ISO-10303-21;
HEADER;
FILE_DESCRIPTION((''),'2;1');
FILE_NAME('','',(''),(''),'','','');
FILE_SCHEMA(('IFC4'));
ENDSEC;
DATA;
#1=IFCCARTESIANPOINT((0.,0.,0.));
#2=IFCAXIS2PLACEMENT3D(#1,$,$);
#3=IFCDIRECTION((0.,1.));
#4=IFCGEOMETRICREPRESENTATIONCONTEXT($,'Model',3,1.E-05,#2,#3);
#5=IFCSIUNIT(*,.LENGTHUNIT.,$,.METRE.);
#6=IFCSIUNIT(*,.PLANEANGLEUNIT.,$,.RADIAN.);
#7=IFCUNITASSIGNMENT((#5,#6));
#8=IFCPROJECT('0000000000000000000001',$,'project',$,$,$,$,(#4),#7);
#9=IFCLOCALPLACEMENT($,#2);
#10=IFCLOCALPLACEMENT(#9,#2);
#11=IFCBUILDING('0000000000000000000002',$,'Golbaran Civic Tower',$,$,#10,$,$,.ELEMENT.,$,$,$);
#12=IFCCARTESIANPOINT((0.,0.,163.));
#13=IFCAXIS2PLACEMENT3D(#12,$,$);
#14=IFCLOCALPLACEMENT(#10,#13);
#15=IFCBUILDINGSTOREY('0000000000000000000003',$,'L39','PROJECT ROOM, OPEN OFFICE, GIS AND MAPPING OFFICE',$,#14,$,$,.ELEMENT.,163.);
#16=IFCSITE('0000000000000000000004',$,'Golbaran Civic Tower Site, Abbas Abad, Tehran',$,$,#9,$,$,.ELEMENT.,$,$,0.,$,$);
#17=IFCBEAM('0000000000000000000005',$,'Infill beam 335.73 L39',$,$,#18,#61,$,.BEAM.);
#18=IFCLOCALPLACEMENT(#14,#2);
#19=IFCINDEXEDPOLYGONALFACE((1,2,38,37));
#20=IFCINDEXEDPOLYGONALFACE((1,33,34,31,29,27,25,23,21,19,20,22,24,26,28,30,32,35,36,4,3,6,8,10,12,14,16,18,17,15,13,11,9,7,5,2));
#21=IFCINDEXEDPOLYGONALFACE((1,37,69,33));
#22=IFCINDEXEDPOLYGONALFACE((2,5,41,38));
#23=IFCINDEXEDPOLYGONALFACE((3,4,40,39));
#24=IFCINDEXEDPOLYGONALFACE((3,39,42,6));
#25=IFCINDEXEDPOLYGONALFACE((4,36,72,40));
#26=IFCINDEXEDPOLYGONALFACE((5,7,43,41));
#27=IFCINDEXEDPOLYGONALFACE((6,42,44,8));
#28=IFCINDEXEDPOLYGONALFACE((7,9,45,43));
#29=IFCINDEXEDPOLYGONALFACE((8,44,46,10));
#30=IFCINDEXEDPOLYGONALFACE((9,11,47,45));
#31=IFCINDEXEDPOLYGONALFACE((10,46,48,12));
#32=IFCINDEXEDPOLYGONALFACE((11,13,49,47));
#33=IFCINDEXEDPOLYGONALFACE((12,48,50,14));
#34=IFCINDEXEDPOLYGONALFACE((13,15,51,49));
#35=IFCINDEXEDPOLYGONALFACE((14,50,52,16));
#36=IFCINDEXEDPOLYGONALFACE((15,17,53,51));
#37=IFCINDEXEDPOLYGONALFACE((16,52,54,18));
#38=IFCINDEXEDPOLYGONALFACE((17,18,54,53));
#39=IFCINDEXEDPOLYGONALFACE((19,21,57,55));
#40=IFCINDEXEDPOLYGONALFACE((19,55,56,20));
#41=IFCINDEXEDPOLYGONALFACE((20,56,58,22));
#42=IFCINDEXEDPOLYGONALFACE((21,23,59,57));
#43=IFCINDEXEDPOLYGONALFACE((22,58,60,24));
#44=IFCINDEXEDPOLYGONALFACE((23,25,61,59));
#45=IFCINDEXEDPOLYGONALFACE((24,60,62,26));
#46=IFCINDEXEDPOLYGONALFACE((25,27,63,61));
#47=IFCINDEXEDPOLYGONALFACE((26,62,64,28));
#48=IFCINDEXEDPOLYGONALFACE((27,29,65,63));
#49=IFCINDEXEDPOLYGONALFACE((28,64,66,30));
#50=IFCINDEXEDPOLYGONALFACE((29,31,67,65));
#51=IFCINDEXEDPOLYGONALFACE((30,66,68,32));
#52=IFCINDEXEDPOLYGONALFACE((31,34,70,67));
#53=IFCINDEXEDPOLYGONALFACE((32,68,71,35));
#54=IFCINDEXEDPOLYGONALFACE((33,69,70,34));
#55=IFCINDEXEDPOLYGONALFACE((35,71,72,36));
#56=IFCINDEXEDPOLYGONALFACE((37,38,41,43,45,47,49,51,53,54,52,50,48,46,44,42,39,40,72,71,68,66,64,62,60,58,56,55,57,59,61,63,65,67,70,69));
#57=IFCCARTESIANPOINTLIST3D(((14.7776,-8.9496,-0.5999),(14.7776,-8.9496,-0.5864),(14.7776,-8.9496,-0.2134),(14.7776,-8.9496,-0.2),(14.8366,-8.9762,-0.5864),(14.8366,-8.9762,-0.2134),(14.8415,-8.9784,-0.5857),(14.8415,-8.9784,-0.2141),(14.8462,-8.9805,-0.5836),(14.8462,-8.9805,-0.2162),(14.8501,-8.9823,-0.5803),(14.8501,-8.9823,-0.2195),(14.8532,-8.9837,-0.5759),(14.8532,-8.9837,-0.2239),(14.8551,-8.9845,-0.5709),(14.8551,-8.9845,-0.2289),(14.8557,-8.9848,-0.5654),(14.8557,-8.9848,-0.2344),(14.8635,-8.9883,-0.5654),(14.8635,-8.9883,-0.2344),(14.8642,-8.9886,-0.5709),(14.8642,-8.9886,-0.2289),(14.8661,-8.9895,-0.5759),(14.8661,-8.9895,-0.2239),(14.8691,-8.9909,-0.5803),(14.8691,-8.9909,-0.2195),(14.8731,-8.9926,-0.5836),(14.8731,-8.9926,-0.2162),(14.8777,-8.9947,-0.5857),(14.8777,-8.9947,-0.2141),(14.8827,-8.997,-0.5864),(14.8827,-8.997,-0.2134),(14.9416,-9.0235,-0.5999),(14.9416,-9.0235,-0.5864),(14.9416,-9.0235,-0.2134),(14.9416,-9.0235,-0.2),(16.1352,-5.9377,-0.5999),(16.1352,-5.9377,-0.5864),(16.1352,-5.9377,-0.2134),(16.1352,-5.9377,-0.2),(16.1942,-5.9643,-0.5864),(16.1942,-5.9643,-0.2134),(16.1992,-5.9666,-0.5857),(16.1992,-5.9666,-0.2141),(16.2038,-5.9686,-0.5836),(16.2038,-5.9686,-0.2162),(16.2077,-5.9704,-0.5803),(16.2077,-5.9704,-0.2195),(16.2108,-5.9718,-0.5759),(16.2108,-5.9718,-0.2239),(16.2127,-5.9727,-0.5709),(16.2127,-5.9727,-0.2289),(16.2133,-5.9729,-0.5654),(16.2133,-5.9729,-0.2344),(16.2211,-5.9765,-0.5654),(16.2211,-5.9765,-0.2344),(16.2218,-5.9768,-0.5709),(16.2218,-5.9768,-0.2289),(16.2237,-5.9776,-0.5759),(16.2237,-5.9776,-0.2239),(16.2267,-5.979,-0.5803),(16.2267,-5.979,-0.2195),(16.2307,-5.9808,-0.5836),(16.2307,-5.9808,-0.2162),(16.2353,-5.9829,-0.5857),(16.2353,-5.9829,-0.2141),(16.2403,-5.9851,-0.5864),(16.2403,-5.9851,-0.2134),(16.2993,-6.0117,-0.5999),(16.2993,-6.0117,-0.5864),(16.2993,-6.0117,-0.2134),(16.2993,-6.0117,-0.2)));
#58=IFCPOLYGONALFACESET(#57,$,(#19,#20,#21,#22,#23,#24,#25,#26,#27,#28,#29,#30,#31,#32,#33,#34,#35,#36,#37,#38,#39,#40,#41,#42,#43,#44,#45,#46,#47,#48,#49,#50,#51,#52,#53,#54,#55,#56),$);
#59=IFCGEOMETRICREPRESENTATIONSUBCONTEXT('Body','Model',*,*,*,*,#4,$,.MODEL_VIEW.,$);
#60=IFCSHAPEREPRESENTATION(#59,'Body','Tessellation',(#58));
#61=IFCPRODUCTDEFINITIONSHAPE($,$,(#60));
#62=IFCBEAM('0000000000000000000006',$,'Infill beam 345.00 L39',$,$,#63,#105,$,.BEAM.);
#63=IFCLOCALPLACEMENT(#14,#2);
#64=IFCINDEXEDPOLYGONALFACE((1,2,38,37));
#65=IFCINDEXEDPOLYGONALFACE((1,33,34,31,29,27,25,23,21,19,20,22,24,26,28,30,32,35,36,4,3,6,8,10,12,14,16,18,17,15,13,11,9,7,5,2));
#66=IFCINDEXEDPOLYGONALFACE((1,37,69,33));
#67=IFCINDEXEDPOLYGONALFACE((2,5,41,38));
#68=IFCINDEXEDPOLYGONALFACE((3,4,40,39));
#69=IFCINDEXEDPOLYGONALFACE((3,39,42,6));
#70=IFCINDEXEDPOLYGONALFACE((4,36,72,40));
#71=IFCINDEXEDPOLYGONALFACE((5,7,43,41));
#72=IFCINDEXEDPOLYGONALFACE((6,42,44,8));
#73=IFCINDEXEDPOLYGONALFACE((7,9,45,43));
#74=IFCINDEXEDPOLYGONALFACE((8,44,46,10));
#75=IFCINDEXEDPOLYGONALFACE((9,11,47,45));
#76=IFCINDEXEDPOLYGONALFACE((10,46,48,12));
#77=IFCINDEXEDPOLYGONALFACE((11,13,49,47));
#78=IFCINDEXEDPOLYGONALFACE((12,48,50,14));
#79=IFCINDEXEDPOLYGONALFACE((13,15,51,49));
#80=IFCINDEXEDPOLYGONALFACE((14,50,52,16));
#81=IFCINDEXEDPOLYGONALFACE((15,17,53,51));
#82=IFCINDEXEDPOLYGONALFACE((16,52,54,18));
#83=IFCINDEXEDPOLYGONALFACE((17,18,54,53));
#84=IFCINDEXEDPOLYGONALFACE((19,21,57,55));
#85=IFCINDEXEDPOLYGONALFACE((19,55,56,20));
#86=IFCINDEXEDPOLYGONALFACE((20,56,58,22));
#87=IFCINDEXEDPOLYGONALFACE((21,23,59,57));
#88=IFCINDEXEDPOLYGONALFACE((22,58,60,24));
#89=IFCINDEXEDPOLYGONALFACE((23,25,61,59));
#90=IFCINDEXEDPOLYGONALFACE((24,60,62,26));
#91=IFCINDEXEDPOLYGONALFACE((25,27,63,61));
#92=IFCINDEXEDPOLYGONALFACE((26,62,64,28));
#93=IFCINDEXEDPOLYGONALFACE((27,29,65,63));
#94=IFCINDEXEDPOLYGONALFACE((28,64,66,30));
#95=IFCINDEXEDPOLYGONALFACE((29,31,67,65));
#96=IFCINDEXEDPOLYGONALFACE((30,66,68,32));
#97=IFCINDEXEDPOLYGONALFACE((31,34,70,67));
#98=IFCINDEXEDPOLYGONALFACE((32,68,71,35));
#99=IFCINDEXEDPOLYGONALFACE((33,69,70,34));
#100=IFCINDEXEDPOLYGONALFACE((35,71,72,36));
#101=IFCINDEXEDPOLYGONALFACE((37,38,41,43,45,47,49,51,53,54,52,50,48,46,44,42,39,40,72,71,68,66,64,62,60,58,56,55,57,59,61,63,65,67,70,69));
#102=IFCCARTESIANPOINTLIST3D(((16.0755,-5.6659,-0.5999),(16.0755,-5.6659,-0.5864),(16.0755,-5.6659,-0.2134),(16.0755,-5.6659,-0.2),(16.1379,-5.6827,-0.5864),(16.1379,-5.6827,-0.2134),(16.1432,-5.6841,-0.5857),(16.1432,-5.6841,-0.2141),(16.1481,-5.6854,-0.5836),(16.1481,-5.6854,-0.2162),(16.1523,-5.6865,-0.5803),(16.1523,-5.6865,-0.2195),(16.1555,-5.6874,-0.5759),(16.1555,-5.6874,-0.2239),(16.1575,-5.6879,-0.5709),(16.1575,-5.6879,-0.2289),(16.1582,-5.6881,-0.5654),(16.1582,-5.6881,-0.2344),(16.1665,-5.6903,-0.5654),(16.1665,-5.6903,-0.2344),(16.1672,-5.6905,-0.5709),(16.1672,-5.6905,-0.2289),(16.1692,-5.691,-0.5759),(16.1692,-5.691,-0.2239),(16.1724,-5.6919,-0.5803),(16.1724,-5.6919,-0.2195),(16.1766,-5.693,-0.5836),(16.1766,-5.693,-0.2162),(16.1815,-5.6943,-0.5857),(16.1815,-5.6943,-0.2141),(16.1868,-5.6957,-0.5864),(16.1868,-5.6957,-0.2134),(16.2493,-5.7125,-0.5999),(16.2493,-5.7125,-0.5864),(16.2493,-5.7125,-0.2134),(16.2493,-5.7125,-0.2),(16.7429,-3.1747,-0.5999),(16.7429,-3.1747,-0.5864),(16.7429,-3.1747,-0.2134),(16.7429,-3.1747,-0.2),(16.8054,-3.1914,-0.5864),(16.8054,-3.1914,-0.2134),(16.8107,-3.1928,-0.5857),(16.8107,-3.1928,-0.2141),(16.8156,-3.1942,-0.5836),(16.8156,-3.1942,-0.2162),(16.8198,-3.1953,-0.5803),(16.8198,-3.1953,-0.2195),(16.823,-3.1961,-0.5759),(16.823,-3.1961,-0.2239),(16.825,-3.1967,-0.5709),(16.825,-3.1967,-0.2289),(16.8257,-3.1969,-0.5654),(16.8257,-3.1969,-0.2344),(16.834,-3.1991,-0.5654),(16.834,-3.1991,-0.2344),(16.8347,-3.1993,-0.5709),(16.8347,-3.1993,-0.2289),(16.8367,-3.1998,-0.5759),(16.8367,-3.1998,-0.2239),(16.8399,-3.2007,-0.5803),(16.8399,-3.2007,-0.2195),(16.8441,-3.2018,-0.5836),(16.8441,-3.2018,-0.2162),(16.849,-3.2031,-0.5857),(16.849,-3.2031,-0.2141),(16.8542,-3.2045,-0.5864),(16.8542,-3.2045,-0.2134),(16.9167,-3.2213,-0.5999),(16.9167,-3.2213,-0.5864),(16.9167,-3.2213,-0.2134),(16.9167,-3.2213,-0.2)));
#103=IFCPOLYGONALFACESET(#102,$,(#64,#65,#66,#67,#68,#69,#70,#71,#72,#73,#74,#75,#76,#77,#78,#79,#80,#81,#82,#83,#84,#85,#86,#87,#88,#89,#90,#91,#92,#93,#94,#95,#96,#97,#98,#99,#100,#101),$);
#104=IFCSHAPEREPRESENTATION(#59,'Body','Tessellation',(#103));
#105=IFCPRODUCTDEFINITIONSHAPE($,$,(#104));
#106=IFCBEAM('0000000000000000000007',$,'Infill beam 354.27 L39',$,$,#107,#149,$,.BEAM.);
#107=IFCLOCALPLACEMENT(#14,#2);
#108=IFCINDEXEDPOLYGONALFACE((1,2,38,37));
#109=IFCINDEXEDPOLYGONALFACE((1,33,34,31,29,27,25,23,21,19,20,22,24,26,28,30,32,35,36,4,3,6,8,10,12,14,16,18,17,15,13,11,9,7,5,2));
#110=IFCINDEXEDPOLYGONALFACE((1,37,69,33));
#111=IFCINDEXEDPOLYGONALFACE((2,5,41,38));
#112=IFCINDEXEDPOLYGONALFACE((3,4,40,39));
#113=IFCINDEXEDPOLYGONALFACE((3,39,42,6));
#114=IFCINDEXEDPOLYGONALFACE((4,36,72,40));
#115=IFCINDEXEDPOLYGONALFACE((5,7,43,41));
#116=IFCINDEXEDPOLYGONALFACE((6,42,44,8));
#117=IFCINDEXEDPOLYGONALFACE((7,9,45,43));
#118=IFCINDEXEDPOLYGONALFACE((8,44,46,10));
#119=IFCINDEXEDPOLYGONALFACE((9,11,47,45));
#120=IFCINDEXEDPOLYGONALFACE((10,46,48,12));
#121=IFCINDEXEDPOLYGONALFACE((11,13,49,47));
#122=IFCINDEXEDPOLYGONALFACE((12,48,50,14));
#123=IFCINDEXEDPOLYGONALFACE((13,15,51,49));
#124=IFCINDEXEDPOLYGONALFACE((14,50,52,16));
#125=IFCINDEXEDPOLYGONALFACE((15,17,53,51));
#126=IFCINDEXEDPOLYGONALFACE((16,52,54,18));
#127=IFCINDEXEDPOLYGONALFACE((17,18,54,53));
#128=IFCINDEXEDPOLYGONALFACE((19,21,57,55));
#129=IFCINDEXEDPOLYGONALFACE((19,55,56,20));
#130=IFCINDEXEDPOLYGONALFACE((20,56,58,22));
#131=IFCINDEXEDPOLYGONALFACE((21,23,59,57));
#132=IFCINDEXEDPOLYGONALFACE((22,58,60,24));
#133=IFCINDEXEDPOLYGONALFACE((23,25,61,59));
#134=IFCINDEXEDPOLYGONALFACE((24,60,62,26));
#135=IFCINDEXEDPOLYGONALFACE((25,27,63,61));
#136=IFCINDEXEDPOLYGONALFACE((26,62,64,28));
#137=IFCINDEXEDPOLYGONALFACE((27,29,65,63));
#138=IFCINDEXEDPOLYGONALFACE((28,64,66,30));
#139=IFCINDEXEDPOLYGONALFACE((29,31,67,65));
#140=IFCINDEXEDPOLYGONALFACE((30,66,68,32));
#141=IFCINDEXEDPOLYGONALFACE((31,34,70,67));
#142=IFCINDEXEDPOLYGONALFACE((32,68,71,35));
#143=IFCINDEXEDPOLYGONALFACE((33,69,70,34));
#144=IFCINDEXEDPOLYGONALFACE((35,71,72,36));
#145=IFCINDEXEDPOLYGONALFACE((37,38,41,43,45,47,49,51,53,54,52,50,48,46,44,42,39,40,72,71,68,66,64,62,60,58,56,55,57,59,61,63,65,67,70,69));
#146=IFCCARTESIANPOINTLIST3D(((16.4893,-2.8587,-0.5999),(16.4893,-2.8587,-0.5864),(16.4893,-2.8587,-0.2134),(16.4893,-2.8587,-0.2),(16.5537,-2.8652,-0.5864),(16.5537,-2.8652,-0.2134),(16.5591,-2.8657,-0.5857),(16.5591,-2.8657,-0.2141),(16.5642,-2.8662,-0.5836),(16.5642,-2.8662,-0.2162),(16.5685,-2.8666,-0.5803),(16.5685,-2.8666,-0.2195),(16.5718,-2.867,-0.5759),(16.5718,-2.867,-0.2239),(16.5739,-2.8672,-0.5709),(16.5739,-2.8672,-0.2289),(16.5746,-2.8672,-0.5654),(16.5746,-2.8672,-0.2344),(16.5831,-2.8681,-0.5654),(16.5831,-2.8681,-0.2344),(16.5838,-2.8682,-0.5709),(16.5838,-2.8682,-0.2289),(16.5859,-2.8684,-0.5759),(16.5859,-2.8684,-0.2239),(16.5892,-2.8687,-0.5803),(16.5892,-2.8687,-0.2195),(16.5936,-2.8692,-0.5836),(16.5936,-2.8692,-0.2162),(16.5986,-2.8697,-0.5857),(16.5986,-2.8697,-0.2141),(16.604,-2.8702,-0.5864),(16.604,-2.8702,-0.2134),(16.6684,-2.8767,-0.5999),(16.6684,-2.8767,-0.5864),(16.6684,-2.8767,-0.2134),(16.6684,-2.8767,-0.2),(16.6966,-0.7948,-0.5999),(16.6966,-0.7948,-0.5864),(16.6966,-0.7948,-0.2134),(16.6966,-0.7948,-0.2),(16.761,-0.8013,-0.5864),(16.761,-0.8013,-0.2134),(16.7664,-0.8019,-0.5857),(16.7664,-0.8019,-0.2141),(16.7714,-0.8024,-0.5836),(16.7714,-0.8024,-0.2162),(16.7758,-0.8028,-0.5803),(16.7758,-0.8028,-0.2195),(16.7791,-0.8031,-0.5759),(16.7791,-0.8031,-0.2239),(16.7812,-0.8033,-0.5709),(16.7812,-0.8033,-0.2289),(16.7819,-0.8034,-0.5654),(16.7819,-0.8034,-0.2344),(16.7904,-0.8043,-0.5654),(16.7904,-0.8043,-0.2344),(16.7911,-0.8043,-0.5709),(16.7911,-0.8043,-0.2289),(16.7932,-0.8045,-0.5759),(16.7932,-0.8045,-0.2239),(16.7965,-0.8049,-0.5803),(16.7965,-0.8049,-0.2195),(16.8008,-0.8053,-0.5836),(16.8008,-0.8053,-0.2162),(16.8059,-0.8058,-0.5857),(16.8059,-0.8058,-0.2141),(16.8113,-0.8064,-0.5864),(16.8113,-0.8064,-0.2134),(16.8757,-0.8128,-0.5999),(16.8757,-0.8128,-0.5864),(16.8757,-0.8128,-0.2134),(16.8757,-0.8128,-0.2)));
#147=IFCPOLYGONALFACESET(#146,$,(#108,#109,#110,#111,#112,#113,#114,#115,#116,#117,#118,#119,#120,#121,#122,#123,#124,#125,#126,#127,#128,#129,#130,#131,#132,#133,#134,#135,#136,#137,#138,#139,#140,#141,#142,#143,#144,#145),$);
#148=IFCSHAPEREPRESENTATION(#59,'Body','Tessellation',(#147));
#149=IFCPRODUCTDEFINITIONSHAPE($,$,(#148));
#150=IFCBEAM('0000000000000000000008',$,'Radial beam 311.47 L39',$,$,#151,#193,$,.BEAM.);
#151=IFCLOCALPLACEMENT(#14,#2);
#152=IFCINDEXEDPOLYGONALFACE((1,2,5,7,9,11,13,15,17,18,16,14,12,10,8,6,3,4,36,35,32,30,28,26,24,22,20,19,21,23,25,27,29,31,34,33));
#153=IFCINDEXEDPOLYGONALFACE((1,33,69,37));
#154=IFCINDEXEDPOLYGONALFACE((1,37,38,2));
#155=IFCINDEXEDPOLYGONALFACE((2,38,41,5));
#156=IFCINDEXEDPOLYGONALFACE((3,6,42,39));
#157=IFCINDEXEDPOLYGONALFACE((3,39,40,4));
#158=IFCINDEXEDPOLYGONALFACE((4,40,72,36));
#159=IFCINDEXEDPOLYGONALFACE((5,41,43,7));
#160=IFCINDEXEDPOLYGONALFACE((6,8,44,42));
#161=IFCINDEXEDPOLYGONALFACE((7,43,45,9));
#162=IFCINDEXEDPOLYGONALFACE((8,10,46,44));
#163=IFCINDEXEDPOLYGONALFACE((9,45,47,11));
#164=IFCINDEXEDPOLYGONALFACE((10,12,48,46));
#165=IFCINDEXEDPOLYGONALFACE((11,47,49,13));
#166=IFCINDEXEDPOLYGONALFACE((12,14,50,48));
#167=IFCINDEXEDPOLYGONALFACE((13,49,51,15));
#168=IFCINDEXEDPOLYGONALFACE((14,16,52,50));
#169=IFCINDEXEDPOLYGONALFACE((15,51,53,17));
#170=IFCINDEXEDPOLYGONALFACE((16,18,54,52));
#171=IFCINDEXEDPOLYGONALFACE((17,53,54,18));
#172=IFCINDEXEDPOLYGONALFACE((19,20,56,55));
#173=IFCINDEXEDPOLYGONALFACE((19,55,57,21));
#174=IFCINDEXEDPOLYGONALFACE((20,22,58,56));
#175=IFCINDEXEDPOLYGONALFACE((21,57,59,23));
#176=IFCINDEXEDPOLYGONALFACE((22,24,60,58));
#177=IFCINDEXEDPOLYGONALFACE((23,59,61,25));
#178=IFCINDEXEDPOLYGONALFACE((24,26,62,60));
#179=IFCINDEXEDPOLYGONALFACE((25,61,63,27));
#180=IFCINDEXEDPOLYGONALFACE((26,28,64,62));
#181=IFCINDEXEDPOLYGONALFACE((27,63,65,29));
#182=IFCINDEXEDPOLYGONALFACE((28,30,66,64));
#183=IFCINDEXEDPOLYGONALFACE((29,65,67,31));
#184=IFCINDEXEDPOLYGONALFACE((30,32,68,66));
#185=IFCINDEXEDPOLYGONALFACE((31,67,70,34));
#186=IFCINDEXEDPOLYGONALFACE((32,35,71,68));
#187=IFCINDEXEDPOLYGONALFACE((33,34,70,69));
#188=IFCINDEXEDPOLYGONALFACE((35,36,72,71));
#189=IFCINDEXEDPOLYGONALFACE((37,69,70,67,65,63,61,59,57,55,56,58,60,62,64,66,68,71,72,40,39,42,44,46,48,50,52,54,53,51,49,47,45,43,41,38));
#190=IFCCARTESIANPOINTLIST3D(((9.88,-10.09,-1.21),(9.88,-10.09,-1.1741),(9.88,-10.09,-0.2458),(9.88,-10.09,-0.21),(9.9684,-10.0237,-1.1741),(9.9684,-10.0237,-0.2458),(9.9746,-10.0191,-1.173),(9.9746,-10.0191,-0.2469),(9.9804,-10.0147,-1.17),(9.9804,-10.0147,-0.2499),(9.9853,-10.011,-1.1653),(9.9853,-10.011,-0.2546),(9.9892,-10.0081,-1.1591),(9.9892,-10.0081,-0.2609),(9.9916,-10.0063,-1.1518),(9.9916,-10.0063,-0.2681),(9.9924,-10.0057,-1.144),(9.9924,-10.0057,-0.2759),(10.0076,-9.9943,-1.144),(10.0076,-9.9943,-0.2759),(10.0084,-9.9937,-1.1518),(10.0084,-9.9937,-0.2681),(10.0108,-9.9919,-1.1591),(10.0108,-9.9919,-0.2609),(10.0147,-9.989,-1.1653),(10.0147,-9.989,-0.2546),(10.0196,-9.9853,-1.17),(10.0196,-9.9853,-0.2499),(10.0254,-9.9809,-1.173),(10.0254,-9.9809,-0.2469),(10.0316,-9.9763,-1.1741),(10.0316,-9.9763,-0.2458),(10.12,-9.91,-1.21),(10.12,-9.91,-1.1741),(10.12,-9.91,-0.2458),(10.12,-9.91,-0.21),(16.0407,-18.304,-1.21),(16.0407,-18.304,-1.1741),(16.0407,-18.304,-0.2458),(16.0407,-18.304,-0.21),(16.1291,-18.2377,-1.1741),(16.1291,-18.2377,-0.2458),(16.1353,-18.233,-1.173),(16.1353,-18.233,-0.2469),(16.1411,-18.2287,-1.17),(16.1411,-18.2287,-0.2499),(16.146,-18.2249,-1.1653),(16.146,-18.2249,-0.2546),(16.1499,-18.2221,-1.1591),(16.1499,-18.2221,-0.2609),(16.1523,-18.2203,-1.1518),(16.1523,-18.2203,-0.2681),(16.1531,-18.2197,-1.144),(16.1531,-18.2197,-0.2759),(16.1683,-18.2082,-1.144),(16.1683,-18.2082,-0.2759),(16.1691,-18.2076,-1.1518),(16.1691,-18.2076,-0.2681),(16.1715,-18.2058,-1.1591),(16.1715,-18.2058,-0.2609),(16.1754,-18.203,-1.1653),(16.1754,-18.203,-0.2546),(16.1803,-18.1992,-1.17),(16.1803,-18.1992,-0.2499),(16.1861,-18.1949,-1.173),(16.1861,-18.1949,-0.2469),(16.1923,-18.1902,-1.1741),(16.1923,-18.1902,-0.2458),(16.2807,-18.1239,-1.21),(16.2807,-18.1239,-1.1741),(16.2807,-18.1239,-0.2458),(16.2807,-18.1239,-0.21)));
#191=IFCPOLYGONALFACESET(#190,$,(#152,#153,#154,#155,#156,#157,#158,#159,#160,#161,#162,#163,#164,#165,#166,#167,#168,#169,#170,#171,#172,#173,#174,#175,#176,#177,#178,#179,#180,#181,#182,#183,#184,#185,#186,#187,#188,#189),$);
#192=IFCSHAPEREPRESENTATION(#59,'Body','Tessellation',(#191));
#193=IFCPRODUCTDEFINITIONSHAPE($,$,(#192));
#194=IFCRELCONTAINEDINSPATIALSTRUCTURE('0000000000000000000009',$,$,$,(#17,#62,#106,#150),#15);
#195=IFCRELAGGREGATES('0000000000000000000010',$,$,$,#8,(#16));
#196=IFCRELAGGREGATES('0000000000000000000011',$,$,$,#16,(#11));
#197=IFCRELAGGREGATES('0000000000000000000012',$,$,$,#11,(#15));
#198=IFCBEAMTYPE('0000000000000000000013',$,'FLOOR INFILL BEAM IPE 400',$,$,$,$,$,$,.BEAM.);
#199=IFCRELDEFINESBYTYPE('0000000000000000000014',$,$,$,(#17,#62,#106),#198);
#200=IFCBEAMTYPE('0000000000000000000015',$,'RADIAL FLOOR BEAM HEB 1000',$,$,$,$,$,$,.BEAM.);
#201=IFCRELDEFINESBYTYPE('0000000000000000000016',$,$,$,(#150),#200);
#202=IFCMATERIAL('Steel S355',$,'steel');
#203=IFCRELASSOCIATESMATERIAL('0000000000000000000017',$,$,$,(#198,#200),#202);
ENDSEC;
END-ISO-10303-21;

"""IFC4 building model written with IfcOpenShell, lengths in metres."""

from ifc_helpers import new_model, si_unit, direction, frame, origin, origin_2d, place, context, subcontext, project, spatial, i_section, extrude, material, material_profile, profile_set, type_object, element, save


model = new_model("IFC4")

# Units and contexts
model_context = context("Model", 3, precision=1e-05, world=origin(), true_north=direction((0.0, 1.0)))
body_context = subcontext(model_context, "Body", "Model", "MODEL_VIEW")
ifc_project = project(units=[si_unit("LENGTHUNIT", "METRE"), si_unit("PLANEANGLEUNIT", "RADIAN")], contexts=[model_context])

# Site, building, storey
site_placement = place(None, origin())
site = spatial("IfcSite", under=ifc_project, at=site_placement, Name="Golbaran Civic Tower Site, Abbas Abad, Tehran", CompositionType="ELEMENT", RefElevation=0.0)
building_placement = place(site_placement, origin())
building = spatial("IfcBuilding", under=site, at=building_placement, Name="Golbaran Civic Tower", CompositionType="ELEMENT")
storey_placement = place(building_placement, frame((0.0, 0.0, 163.0)))
storey = spatial("IfcBuildingStorey", under=building, at=storey_placement, Name="L39", Description="PROJECT ROOM, OPEN OFFICE, GIS AND MAPPING OFFICE", CompositionType="ELEMENT", Elevation=163.0)

# Beams
ifc_material_1 = material(Name="Steel S355", Category="steel")
ifc_material_profile_1 = material_profile(ifc_material_1, i_section(OverallWidth=0.1799, OverallDepth=0.3999, WebThickness=0.0085, FlangeThickness=0.0134, FilletRadius=0.021, at=origin_2d()), Name="IPE 400")
ifc_profile_set_1 = profile_set([ifc_material_profile_1], Name="Steel S355")
beam_type_1 = type_object("IfcBeamType", Name="FLOOR INFILL BEAM IPE 400", PredefinedType="BEAM", material=ifc_profile_set_1)
beam_1_placement = place(storey_placement, frame((14.8596, -8.9866, -0.3999), z_axis=(0.410939, 0.911663, 0.0), x_axis=(-0.911663, 0.410939, 0.0)))
element("IfcBeam", 1, at=beam_1_placement, inside=storey, type_object=beam_type_1, Name="Infill beam 335.73 L39", PredefinedType="BEAM", context=body_context, shape_type="SweptSolid", body=[
    extrude(i_section(OverallWidth=0.1799, OverallDepth=0.3999, WebThickness=0.0085, FlangeThickness=0.0134, FilletRadius=0.021, at=origin_2d()), origin(), (0.0, 0.0, 1.0), 3.3037),
])
beam_2_placement = place(storey_placement, frame((16.1624, -5.6892, -0.3999), z_axis=(0.258805, 0.965929, 0.0), x_axis=(-0.965929, 0.258805, 0.0)))
element("IfcBeam", 2, at=beam_2_placement, inside=storey, type_object=beam_type_1, Name="Infill beam 345.00 L39", PredefinedType="BEAM", context=body_context, shape_type="SweptSolid", body=[
    extrude(i_section(OverallWidth=0.1799, OverallDepth=0.3999, WebThickness=0.0085, FlangeThickness=0.0134, FilletRadius=0.021, at=origin_2d()), origin(), (0.0, 0.0, 1.0), 2.5791),
])
beam_3_placement = place(storey_placement, frame((16.5789, -2.8677, -0.3999), z_axis=(0.099935, 0.994994, 0.0), x_axis=(-0.994994, 0.099935, 0.0)))
element("IfcBeam", 3, at=beam_3_placement, inside=storey, type_object=beam_type_1, Name="Infill beam 354.27 L39", PredefinedType="BEAM", context=body_context, shape_type="SweptSolid", body=[
    extrude(i_section(OverallWidth=0.1799, OverallDepth=0.3999, WebThickness=0.0085, FlangeThickness=0.0134, FilletRadius=0.021, at=origin_2d()), origin(), (0.0, 0.0, 1.0), 2.0742),
])
ifc_material_profile_2 = material_profile(ifc_material_1, i_section(OverallWidth=0.3, OverallDepth=1.0, WebThickness=0.019, FlangeThickness=0.0359, FilletRadius=0.03, at=origin_2d()), Name="HEB 1000")
ifc_profile_set_2 = profile_set([ifc_material_profile_2], Name="Steel S355")
beam_type_2 = type_object("IfcBeamType", Name="RADIAL FLOOR BEAM HEB 1000", PredefinedType="BEAM", material=ifc_profile_set_2)
beam_4_placement = place(storey_placement, frame((10.0, -10.0, -0.71), z_axis=(0.600015, -0.799989, 0.0), x_axis=(0.799989, 0.600015, 0.0)))
element("IfcBeam", 4, at=beam_4_placement, inside=storey, type_object=beam_type_2, Name="Radial beam 311.47 L39", PredefinedType="BEAM", context=body_context, shape_type="SweptSolid", body=[
    extrude(i_section(OverallWidth=0.3, OverallDepth=1.0, WebThickness=0.019, FlangeThickness=0.0359, FilletRadius=0.03, at=origin_2d()), origin(), (0.0, 0.0, 1.0), 10.2676),
])

save(model, "model.ifc")
